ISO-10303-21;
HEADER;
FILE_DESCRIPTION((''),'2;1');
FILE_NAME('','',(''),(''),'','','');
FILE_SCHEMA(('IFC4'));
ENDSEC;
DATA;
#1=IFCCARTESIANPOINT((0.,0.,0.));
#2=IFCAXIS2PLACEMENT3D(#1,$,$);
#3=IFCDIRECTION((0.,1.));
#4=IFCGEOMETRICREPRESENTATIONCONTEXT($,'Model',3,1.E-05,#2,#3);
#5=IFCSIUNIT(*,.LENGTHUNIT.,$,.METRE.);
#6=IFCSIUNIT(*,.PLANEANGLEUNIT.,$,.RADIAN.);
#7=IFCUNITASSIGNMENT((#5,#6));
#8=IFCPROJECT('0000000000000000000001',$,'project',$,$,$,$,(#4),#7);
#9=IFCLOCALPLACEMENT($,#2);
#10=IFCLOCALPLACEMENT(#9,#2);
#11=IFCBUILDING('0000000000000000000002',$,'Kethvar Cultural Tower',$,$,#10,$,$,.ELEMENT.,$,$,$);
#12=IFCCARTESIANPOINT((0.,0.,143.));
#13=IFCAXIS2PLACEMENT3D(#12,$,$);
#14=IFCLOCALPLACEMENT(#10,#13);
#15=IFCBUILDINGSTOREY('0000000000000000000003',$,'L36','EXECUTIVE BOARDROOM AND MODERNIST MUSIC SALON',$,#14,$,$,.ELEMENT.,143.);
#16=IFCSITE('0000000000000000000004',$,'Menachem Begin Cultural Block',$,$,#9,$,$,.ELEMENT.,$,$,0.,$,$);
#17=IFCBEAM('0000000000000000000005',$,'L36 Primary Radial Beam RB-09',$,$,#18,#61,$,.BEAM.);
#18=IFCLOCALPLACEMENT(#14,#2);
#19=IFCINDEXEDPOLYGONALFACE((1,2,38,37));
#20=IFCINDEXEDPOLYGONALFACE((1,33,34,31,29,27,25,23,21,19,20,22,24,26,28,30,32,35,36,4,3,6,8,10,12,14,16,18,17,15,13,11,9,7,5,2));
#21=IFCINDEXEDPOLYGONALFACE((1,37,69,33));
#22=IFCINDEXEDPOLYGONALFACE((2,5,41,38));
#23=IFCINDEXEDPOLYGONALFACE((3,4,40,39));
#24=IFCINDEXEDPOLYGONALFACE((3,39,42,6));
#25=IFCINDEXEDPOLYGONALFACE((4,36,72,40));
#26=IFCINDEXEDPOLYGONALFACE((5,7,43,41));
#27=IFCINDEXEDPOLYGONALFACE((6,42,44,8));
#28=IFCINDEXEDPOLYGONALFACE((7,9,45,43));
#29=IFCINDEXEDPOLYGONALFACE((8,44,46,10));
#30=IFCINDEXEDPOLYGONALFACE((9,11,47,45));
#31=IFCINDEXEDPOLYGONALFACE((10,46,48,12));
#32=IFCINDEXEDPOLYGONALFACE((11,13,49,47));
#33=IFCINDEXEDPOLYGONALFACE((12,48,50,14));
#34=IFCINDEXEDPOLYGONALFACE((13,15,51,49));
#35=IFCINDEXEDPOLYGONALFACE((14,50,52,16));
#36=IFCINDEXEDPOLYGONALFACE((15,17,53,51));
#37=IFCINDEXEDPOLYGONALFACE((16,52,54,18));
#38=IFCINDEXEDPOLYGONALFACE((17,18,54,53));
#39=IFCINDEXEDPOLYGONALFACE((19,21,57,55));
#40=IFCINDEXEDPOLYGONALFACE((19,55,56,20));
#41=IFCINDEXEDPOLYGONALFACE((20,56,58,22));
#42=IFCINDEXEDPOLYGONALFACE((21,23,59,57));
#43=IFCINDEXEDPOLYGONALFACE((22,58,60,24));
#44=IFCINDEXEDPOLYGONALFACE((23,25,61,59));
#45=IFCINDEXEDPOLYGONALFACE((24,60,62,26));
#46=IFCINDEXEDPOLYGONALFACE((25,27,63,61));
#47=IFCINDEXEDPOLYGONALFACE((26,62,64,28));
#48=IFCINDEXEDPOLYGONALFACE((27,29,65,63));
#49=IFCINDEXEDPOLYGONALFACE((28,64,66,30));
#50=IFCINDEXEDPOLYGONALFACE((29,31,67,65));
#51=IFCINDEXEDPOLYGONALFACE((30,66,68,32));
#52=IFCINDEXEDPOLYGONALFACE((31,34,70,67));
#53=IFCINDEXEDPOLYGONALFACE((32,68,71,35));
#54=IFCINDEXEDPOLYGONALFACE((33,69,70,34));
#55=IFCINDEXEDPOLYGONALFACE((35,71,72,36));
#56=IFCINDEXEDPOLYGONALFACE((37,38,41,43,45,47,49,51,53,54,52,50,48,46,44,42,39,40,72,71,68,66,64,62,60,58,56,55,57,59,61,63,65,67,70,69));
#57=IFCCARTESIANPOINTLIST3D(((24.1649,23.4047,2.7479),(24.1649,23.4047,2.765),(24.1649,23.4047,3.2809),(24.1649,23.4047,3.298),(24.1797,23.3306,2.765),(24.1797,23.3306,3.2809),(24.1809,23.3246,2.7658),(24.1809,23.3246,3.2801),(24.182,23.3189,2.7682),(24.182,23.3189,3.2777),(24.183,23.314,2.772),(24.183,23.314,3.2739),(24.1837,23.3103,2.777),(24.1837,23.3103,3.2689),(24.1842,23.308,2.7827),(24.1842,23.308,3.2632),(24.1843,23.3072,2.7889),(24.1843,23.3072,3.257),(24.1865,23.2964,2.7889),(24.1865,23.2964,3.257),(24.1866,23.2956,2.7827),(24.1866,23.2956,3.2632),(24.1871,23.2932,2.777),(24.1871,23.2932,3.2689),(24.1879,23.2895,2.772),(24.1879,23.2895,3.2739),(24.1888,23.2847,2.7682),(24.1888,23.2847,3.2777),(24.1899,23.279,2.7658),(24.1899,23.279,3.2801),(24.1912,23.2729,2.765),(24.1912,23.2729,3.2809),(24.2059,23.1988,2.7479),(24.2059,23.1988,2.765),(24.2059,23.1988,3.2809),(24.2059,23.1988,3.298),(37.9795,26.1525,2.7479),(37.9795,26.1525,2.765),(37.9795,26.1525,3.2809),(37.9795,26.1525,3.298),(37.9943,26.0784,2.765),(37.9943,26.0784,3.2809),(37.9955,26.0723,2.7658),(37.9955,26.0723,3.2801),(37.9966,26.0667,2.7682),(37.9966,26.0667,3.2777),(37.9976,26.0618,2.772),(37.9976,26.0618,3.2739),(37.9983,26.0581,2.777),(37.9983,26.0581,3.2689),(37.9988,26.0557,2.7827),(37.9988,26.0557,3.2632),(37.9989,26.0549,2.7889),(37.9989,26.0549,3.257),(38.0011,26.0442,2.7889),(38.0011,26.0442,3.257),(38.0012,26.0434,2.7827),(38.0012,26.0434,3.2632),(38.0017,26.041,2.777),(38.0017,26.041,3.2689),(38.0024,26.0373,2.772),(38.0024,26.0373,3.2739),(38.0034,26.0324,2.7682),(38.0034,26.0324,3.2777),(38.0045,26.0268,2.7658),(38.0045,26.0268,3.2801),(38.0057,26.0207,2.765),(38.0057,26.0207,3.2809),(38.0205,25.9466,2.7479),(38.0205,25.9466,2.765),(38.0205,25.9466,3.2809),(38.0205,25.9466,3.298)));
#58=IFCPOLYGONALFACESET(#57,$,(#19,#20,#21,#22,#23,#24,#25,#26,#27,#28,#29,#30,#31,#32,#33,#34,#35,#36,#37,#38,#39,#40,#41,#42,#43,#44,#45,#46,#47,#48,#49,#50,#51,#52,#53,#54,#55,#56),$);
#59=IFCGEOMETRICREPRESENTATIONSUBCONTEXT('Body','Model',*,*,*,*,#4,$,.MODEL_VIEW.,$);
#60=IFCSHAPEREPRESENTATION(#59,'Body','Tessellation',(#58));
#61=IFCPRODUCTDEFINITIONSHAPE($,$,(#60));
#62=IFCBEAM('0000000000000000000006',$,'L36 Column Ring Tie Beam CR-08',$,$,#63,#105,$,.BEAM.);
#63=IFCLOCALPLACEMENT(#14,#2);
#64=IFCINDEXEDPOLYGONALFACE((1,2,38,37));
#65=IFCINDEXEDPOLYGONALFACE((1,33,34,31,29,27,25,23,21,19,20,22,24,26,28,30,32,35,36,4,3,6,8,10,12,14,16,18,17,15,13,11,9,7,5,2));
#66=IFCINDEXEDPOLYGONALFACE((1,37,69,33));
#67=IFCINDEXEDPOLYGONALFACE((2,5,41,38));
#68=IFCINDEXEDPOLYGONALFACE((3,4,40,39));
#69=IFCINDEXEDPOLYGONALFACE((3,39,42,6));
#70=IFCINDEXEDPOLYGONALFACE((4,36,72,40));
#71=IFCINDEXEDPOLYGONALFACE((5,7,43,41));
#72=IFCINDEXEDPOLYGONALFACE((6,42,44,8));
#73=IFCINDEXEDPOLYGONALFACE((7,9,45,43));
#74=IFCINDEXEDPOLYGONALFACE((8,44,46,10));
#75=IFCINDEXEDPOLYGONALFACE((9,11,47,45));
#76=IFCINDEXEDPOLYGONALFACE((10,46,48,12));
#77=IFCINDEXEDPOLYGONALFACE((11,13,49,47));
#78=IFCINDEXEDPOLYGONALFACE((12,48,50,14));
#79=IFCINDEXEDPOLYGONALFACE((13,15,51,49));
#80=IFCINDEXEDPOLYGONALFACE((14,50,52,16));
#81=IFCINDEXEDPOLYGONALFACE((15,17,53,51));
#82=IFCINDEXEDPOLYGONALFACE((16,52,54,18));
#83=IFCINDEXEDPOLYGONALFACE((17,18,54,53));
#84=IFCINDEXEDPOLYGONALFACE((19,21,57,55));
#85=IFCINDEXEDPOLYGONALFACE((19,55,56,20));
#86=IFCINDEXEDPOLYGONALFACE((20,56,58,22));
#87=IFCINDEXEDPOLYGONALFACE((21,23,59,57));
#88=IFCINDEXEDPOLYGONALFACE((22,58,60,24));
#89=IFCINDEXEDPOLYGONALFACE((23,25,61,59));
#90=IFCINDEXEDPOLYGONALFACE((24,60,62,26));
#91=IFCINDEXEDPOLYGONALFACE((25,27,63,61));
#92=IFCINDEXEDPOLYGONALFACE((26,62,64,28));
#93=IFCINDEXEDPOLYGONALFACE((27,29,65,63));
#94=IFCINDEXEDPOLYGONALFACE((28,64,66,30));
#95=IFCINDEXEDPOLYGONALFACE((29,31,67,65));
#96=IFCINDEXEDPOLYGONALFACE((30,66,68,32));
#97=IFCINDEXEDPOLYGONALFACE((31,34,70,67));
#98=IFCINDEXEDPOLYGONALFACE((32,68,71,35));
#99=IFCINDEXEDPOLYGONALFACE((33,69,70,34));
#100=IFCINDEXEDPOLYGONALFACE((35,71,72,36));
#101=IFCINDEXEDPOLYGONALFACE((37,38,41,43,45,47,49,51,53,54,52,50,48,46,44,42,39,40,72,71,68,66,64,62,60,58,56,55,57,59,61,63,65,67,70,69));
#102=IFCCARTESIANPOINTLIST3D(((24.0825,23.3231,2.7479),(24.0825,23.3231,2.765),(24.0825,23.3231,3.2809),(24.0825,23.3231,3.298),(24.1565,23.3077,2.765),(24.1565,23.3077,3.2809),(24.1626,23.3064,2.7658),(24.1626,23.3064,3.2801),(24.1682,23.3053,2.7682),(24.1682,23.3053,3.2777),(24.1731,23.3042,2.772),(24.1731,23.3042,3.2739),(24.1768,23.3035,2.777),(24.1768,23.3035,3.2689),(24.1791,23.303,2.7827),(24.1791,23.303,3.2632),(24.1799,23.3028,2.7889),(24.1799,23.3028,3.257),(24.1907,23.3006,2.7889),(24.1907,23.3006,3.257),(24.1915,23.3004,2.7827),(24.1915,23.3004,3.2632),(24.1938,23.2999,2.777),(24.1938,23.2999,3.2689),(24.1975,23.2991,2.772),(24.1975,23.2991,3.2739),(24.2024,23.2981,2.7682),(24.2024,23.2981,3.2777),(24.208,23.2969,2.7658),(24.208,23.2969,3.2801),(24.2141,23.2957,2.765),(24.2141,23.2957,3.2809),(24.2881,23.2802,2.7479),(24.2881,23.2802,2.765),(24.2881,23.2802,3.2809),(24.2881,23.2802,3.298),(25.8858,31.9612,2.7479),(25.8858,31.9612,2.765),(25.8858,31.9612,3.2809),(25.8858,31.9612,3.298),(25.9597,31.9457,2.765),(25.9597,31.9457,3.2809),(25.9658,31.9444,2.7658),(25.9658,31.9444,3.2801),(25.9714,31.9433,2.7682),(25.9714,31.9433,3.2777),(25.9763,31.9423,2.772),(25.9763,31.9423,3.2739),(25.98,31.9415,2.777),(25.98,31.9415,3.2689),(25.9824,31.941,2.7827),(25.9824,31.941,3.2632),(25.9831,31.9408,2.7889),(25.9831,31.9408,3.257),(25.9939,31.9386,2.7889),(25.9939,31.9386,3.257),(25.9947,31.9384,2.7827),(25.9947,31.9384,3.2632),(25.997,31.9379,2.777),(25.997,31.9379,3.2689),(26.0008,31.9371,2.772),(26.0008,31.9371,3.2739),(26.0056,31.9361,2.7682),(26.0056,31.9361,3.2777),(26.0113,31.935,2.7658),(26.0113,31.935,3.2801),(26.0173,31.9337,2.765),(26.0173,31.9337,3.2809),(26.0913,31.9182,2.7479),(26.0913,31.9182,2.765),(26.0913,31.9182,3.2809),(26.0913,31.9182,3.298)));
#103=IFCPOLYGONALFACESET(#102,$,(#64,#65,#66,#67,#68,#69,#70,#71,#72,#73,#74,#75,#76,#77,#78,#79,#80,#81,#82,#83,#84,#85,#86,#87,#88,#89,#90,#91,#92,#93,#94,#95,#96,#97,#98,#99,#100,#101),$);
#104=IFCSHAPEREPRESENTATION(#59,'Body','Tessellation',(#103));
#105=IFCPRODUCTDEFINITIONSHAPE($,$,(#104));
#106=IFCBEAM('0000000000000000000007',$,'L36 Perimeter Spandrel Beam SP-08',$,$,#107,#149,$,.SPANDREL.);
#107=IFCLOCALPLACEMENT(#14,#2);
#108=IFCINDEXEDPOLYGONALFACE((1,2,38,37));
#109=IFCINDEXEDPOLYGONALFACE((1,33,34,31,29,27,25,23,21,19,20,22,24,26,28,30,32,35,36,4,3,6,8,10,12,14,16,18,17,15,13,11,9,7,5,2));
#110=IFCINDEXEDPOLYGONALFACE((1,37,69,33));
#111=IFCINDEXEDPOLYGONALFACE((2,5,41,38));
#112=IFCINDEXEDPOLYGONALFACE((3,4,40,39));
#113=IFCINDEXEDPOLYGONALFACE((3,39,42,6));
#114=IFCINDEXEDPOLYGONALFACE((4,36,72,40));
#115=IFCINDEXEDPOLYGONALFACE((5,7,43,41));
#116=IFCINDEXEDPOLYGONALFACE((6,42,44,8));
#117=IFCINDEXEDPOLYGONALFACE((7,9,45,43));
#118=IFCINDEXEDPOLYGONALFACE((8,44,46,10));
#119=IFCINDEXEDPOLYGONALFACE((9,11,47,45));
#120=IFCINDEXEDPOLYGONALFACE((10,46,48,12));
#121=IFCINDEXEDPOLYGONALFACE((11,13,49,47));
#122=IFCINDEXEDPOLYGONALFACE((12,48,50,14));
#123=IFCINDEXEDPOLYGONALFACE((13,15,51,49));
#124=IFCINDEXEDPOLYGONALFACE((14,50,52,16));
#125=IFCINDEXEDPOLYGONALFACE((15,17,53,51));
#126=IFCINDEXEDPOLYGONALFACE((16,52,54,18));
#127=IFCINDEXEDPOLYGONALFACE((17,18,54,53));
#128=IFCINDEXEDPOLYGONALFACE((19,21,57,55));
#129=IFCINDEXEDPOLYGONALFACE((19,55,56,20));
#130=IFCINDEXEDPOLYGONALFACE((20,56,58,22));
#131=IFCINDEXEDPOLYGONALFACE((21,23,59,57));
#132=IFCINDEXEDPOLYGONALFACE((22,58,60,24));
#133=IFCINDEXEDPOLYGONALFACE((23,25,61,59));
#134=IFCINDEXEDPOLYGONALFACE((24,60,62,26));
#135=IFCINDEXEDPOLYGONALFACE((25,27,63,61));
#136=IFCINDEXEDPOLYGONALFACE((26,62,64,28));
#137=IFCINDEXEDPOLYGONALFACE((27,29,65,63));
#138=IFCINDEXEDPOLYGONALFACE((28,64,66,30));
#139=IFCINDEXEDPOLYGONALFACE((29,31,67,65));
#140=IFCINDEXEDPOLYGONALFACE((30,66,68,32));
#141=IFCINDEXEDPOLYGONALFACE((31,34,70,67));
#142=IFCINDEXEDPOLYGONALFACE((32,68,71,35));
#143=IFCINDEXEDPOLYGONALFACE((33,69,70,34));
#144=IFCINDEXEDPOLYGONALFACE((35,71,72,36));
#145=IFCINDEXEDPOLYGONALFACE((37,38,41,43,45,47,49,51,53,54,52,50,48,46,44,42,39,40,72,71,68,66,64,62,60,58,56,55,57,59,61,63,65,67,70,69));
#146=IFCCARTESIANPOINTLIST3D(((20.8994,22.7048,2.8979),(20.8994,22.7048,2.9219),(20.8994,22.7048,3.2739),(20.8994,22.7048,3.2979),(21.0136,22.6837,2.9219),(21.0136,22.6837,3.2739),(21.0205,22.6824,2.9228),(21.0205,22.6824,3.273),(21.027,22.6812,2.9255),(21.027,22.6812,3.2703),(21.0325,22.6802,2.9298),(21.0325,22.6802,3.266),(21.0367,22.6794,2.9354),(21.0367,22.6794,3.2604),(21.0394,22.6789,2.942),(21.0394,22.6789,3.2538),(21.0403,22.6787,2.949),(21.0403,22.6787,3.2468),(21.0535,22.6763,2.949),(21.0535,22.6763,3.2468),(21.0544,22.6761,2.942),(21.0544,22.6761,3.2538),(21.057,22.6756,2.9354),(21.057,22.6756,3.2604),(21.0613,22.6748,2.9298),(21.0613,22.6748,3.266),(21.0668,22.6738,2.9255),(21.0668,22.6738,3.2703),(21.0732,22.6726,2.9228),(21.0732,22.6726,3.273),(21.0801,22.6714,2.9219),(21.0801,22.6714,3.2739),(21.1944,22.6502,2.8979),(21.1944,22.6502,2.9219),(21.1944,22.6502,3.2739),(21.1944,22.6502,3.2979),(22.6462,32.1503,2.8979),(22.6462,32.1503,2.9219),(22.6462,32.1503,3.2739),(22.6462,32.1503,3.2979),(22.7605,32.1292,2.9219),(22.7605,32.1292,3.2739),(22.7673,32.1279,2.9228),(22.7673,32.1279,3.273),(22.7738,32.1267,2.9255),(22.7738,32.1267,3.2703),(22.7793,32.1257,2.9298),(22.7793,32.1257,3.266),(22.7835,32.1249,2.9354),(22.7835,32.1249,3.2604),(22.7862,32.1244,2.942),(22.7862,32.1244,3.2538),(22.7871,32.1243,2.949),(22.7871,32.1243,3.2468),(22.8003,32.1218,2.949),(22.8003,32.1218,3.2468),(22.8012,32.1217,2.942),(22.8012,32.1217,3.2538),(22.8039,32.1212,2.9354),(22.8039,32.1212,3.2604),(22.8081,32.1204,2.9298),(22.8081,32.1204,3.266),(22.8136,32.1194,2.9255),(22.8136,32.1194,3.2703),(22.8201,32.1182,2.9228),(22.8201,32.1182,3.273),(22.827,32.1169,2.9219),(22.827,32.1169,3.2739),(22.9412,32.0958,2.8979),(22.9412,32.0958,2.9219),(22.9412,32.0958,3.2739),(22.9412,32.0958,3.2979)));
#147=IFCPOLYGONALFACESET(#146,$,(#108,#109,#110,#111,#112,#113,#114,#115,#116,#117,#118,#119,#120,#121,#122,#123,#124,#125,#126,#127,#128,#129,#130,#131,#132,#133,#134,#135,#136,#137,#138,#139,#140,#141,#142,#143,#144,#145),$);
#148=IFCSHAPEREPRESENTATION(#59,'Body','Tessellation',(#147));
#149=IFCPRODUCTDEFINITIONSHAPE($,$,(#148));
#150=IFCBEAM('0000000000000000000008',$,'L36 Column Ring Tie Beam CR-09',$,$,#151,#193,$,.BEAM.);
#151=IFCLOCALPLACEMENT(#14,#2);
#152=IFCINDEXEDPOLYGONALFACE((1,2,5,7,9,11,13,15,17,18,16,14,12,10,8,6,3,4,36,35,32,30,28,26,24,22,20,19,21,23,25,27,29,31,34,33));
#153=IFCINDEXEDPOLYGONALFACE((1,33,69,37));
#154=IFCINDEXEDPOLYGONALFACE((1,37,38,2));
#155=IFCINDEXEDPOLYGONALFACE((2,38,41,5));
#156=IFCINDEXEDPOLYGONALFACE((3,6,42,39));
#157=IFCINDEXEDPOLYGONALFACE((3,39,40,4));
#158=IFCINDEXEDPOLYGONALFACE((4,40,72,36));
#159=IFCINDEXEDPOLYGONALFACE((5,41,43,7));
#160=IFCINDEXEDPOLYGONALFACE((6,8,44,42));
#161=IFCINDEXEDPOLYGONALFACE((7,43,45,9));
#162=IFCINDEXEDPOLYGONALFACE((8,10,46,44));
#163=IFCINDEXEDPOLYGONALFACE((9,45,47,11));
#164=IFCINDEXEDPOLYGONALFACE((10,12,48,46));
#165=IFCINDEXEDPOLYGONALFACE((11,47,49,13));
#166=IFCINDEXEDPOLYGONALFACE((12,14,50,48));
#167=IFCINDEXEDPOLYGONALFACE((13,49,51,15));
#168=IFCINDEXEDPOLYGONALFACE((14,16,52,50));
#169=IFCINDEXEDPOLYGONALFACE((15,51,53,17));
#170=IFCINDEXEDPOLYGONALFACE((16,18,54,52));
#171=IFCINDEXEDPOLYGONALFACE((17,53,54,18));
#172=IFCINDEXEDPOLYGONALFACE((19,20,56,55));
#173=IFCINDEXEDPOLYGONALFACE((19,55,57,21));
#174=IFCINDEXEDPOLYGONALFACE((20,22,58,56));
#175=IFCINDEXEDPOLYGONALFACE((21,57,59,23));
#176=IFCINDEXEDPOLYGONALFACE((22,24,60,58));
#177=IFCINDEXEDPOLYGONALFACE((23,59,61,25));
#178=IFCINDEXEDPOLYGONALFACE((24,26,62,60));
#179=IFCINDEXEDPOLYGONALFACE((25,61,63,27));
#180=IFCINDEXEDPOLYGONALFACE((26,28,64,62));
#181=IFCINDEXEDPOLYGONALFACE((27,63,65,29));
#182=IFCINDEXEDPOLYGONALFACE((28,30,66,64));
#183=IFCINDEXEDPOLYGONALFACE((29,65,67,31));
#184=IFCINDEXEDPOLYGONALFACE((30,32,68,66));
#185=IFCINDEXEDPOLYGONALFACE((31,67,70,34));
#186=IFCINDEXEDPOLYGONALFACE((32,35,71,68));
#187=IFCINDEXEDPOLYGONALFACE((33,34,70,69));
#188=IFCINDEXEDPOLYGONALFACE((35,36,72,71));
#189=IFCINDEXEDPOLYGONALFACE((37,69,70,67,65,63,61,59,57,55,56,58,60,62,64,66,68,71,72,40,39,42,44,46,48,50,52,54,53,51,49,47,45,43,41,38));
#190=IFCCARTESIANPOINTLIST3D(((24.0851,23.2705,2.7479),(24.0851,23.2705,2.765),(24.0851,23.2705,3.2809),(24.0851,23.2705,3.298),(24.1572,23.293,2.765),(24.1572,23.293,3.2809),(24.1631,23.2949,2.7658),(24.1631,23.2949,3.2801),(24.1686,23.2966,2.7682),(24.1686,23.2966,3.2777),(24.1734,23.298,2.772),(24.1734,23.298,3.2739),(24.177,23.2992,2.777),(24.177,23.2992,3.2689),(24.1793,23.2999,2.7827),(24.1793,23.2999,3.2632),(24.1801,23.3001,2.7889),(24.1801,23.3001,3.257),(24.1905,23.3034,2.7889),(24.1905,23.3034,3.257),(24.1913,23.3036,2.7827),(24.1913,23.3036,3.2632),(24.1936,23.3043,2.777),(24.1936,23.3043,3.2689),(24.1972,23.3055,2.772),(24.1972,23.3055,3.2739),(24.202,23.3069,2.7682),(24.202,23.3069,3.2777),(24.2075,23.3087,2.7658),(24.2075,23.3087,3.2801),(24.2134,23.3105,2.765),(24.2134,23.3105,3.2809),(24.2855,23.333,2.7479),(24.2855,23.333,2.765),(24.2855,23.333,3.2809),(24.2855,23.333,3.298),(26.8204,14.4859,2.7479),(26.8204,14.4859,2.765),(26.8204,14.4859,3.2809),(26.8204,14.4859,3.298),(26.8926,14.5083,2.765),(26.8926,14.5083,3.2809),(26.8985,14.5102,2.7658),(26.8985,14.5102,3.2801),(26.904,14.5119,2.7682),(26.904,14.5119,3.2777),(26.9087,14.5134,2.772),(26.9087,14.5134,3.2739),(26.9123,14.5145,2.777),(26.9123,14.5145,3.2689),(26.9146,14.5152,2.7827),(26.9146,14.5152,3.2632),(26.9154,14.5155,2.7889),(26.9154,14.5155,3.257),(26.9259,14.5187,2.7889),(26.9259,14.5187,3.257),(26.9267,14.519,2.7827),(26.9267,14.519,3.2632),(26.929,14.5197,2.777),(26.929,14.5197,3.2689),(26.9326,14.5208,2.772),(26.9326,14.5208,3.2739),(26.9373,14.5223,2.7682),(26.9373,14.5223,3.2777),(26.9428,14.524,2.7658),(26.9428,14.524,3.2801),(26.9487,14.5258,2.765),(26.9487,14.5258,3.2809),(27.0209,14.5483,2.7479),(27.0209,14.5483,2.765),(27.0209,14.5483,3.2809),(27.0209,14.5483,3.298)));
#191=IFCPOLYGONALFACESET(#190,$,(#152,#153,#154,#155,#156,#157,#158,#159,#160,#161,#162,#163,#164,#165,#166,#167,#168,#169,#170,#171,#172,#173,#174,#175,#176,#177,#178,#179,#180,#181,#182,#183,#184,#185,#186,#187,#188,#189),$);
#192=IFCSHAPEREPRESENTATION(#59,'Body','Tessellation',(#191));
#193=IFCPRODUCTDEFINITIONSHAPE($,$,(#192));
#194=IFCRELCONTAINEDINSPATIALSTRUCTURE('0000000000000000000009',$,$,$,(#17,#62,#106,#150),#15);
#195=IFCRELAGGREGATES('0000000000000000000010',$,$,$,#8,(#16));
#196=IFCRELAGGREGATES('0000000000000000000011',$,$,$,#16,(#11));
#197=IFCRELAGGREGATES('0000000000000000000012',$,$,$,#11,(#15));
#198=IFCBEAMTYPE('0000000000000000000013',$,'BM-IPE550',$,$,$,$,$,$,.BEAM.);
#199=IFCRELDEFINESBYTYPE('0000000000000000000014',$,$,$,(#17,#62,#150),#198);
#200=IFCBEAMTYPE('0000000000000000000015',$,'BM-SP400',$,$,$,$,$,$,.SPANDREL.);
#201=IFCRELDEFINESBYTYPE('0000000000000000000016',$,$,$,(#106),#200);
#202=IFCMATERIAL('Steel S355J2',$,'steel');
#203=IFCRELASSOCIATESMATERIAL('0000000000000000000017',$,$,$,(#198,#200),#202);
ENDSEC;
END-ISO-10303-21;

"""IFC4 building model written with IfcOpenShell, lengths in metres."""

from ifc_helpers import new_model, si_unit, direction, frame, origin, origin_2d, place, context, subcontext, project, spatial, i_section, extrude, source, transform, mapped, material, material_profile, profile_set, type_object, element, save


model = new_model("IFC4")

# Units and contexts
model_context = context("Model", 3, precision=1e-05, world=origin(), true_north=direction((0.0, 1.0)))
body_context = subcontext(model_context, "Body", "Model", "MODEL_VIEW")
ifc_project = project(units=[si_unit("LENGTHUNIT", "METRE"), si_unit("PLANEANGLEUNIT", "RADIAN")], contexts=[model_context])

# Site, building, storey
site_placement = place(None, origin())
site = spatial("IfcSite", under=ifc_project, at=site_placement, Name="Menachem Begin Cultural Block", CompositionType="ELEMENT", RefElevation=0.0)
building_placement = place(site_placement, origin())
building = spatial("IfcBuilding", under=site, at=building_placement, Name="Kethvar Cultural Tower", CompositionType="ELEMENT")
storey_placement = place(building_placement, frame((0.0, 0.0, 143.0)))
storey = spatial("IfcBuildingStorey", under=building, at=storey_placement, Name="L36", Description="EXECUTIVE BOARDROOM AND MODERNIST MUSIC SALON", CompositionType="ELEMENT", Elevation=143.0)

# Beams
ifc_material_1 = material(Name="Steel S355J2", Category="steel")
ifc_material_profile_1 = material_profile(ifc_material_1, i_section(OverallWidth=0.21, OverallDepth=0.55, WebThickness=0.011, FlangeThickness=0.0171, FilletRadius=0.0239, at=origin_2d()), Name="Steel S355J2 — IPE550")
ifc_profile_set_1 = profile_set([ifc_material_profile_1], Name="Steel S355J2 — IPE550")
beam_type_1 = type_object("IfcBeamType", Name="BM-IPE550", PredefinedType="BEAM", material=ifc_profile_set_1)
shared_shape_1 = source(origin(), body_context, "Body", "SweptSolid", [
    extrude(i_section(OverallWidth=0.21, OverallDepth=0.55, WebThickness=0.011, FlangeThickness=0.0171, FilletRadius=0.0239, at=origin_2d()), origin(), (0.0, 0.0, 1.0), 14.0852),
])
beam_1_placement = place(storey_placement, frame((38.0, 26.0496, 3.0229), z_axis=(-0.980787, -0.195083, 0.0), x_axis=(0.195083, -0.980787, 0.0)))
element("IfcBeam", 1, at=beam_1_placement, inside=storey, type_object=beam_type_1, Name="L36 Primary Radial Beam RB-09", PredefinedType="BEAM", context=body_context, shape_type="MappedRepresentation", body=[
    mapped(shared_shape_1, transform((0.0, 0.0, 0.0), scale=1.0)),
])
shared_shape_2 = source(origin(), body_context, "Body", "SweptSolid", [
    extrude(i_section(OverallWidth=0.21, OverallDepth=0.55, WebThickness=0.011, FlangeThickness=0.0171, FilletRadius=0.0239, at=origin_2d()), origin(), (0.0, 0.0, 1.0), 8.8242),
])
beam_2_placement = place(storey_placement, frame((25.9885, 31.9397, 3.0229), z_axis=(-0.204351, -0.978898, 0.0), x_axis=(0.978898, -0.204351, 0.0)))
element("IfcBeam", 2, at=beam_2_placement, inside=storey, type_object=beam_type_1, Name="L36 Column Ring Tie Beam CR-08", PredefinedType="BEAM", context=body_context, shape_type="MappedRepresentation", body=[
    mapped(shared_shape_2, transform((0.0, 0.0, 0.0), scale=1.0)),
])
ifc_material_profile_2 = material_profile(ifc_material_1, i_section(OverallWidth=0.3, OverallDepth=0.3999, WebThickness=0.0134, FlangeThickness=0.0239, FilletRadius=0.0271, at=origin_2d()), Name="Steel S355J2 — HEB400")
ifc_profile_set_2 = profile_set([ifc_material_profile_2], Name="Steel S355J2 — HEB400")
beam_type_2 = type_object("IfcBeamType", Name="BM-SP400", PredefinedType="SPANDREL", material=ifc_profile_set_2)
shared_shape_3 = source(origin(), body_context, "Body", "SweptSolid", [
    extrude(i_section(OverallWidth=0.3, OverallDepth=0.3999, WebThickness=0.0134, FlangeThickness=0.0239, FilletRadius=0.0271, at=origin_2d()), origin(), (0.0, 0.0, 1.0), 9.6057),
])
beam_3_placement = place(storey_placement, frame((22.7937, 32.123, 3.0979), z_axis=(-0.181853, -0.983326, 0.0), x_axis=(0.983326, -0.181853, 0.0)))
element("IfcBeam", 3, at=beam_3_placement, inside=storey, type_object=beam_type_2, Name="L36 Perimeter Spandrel Beam SP-08", PredefinedType="SPANDREL", context=body_context, shape_type="MappedRepresentation", body=[
    mapped(shared_shape_3, transform((0.0, 0.0, 0.0), scale=1.0)),
])
shared_shape_4 = source(origin(), body_context, "Body", "SweptSolid", [
    extrude(i_section(OverallWidth=0.21, OverallDepth=0.55, WebThickness=0.011, FlangeThickness=0.0171, FilletRadius=0.0239, at=origin_2d()), origin(), (0.0, 0.0, 1.0), 9.2007),
])
beam_4_placement = place(storey_placement, frame((24.1853, 23.3018, 3.0229), z_axis=(0.297299, -0.954784, 0.0), x_axis=(0.954784, 0.297299, 0.0)))
element("IfcBeam", 4, at=beam_4_placement, inside=storey, type_object=beam_type_1, Name="L36 Column Ring Tie Beam CR-09", PredefinedType="BEAM", context=body_context, shape_type="MappedRepresentation", body=[
    mapped(shared_shape_4, transform((0.0, 0.0, 0.0), scale=1.0)),
])

save(model, "model.ifc")
